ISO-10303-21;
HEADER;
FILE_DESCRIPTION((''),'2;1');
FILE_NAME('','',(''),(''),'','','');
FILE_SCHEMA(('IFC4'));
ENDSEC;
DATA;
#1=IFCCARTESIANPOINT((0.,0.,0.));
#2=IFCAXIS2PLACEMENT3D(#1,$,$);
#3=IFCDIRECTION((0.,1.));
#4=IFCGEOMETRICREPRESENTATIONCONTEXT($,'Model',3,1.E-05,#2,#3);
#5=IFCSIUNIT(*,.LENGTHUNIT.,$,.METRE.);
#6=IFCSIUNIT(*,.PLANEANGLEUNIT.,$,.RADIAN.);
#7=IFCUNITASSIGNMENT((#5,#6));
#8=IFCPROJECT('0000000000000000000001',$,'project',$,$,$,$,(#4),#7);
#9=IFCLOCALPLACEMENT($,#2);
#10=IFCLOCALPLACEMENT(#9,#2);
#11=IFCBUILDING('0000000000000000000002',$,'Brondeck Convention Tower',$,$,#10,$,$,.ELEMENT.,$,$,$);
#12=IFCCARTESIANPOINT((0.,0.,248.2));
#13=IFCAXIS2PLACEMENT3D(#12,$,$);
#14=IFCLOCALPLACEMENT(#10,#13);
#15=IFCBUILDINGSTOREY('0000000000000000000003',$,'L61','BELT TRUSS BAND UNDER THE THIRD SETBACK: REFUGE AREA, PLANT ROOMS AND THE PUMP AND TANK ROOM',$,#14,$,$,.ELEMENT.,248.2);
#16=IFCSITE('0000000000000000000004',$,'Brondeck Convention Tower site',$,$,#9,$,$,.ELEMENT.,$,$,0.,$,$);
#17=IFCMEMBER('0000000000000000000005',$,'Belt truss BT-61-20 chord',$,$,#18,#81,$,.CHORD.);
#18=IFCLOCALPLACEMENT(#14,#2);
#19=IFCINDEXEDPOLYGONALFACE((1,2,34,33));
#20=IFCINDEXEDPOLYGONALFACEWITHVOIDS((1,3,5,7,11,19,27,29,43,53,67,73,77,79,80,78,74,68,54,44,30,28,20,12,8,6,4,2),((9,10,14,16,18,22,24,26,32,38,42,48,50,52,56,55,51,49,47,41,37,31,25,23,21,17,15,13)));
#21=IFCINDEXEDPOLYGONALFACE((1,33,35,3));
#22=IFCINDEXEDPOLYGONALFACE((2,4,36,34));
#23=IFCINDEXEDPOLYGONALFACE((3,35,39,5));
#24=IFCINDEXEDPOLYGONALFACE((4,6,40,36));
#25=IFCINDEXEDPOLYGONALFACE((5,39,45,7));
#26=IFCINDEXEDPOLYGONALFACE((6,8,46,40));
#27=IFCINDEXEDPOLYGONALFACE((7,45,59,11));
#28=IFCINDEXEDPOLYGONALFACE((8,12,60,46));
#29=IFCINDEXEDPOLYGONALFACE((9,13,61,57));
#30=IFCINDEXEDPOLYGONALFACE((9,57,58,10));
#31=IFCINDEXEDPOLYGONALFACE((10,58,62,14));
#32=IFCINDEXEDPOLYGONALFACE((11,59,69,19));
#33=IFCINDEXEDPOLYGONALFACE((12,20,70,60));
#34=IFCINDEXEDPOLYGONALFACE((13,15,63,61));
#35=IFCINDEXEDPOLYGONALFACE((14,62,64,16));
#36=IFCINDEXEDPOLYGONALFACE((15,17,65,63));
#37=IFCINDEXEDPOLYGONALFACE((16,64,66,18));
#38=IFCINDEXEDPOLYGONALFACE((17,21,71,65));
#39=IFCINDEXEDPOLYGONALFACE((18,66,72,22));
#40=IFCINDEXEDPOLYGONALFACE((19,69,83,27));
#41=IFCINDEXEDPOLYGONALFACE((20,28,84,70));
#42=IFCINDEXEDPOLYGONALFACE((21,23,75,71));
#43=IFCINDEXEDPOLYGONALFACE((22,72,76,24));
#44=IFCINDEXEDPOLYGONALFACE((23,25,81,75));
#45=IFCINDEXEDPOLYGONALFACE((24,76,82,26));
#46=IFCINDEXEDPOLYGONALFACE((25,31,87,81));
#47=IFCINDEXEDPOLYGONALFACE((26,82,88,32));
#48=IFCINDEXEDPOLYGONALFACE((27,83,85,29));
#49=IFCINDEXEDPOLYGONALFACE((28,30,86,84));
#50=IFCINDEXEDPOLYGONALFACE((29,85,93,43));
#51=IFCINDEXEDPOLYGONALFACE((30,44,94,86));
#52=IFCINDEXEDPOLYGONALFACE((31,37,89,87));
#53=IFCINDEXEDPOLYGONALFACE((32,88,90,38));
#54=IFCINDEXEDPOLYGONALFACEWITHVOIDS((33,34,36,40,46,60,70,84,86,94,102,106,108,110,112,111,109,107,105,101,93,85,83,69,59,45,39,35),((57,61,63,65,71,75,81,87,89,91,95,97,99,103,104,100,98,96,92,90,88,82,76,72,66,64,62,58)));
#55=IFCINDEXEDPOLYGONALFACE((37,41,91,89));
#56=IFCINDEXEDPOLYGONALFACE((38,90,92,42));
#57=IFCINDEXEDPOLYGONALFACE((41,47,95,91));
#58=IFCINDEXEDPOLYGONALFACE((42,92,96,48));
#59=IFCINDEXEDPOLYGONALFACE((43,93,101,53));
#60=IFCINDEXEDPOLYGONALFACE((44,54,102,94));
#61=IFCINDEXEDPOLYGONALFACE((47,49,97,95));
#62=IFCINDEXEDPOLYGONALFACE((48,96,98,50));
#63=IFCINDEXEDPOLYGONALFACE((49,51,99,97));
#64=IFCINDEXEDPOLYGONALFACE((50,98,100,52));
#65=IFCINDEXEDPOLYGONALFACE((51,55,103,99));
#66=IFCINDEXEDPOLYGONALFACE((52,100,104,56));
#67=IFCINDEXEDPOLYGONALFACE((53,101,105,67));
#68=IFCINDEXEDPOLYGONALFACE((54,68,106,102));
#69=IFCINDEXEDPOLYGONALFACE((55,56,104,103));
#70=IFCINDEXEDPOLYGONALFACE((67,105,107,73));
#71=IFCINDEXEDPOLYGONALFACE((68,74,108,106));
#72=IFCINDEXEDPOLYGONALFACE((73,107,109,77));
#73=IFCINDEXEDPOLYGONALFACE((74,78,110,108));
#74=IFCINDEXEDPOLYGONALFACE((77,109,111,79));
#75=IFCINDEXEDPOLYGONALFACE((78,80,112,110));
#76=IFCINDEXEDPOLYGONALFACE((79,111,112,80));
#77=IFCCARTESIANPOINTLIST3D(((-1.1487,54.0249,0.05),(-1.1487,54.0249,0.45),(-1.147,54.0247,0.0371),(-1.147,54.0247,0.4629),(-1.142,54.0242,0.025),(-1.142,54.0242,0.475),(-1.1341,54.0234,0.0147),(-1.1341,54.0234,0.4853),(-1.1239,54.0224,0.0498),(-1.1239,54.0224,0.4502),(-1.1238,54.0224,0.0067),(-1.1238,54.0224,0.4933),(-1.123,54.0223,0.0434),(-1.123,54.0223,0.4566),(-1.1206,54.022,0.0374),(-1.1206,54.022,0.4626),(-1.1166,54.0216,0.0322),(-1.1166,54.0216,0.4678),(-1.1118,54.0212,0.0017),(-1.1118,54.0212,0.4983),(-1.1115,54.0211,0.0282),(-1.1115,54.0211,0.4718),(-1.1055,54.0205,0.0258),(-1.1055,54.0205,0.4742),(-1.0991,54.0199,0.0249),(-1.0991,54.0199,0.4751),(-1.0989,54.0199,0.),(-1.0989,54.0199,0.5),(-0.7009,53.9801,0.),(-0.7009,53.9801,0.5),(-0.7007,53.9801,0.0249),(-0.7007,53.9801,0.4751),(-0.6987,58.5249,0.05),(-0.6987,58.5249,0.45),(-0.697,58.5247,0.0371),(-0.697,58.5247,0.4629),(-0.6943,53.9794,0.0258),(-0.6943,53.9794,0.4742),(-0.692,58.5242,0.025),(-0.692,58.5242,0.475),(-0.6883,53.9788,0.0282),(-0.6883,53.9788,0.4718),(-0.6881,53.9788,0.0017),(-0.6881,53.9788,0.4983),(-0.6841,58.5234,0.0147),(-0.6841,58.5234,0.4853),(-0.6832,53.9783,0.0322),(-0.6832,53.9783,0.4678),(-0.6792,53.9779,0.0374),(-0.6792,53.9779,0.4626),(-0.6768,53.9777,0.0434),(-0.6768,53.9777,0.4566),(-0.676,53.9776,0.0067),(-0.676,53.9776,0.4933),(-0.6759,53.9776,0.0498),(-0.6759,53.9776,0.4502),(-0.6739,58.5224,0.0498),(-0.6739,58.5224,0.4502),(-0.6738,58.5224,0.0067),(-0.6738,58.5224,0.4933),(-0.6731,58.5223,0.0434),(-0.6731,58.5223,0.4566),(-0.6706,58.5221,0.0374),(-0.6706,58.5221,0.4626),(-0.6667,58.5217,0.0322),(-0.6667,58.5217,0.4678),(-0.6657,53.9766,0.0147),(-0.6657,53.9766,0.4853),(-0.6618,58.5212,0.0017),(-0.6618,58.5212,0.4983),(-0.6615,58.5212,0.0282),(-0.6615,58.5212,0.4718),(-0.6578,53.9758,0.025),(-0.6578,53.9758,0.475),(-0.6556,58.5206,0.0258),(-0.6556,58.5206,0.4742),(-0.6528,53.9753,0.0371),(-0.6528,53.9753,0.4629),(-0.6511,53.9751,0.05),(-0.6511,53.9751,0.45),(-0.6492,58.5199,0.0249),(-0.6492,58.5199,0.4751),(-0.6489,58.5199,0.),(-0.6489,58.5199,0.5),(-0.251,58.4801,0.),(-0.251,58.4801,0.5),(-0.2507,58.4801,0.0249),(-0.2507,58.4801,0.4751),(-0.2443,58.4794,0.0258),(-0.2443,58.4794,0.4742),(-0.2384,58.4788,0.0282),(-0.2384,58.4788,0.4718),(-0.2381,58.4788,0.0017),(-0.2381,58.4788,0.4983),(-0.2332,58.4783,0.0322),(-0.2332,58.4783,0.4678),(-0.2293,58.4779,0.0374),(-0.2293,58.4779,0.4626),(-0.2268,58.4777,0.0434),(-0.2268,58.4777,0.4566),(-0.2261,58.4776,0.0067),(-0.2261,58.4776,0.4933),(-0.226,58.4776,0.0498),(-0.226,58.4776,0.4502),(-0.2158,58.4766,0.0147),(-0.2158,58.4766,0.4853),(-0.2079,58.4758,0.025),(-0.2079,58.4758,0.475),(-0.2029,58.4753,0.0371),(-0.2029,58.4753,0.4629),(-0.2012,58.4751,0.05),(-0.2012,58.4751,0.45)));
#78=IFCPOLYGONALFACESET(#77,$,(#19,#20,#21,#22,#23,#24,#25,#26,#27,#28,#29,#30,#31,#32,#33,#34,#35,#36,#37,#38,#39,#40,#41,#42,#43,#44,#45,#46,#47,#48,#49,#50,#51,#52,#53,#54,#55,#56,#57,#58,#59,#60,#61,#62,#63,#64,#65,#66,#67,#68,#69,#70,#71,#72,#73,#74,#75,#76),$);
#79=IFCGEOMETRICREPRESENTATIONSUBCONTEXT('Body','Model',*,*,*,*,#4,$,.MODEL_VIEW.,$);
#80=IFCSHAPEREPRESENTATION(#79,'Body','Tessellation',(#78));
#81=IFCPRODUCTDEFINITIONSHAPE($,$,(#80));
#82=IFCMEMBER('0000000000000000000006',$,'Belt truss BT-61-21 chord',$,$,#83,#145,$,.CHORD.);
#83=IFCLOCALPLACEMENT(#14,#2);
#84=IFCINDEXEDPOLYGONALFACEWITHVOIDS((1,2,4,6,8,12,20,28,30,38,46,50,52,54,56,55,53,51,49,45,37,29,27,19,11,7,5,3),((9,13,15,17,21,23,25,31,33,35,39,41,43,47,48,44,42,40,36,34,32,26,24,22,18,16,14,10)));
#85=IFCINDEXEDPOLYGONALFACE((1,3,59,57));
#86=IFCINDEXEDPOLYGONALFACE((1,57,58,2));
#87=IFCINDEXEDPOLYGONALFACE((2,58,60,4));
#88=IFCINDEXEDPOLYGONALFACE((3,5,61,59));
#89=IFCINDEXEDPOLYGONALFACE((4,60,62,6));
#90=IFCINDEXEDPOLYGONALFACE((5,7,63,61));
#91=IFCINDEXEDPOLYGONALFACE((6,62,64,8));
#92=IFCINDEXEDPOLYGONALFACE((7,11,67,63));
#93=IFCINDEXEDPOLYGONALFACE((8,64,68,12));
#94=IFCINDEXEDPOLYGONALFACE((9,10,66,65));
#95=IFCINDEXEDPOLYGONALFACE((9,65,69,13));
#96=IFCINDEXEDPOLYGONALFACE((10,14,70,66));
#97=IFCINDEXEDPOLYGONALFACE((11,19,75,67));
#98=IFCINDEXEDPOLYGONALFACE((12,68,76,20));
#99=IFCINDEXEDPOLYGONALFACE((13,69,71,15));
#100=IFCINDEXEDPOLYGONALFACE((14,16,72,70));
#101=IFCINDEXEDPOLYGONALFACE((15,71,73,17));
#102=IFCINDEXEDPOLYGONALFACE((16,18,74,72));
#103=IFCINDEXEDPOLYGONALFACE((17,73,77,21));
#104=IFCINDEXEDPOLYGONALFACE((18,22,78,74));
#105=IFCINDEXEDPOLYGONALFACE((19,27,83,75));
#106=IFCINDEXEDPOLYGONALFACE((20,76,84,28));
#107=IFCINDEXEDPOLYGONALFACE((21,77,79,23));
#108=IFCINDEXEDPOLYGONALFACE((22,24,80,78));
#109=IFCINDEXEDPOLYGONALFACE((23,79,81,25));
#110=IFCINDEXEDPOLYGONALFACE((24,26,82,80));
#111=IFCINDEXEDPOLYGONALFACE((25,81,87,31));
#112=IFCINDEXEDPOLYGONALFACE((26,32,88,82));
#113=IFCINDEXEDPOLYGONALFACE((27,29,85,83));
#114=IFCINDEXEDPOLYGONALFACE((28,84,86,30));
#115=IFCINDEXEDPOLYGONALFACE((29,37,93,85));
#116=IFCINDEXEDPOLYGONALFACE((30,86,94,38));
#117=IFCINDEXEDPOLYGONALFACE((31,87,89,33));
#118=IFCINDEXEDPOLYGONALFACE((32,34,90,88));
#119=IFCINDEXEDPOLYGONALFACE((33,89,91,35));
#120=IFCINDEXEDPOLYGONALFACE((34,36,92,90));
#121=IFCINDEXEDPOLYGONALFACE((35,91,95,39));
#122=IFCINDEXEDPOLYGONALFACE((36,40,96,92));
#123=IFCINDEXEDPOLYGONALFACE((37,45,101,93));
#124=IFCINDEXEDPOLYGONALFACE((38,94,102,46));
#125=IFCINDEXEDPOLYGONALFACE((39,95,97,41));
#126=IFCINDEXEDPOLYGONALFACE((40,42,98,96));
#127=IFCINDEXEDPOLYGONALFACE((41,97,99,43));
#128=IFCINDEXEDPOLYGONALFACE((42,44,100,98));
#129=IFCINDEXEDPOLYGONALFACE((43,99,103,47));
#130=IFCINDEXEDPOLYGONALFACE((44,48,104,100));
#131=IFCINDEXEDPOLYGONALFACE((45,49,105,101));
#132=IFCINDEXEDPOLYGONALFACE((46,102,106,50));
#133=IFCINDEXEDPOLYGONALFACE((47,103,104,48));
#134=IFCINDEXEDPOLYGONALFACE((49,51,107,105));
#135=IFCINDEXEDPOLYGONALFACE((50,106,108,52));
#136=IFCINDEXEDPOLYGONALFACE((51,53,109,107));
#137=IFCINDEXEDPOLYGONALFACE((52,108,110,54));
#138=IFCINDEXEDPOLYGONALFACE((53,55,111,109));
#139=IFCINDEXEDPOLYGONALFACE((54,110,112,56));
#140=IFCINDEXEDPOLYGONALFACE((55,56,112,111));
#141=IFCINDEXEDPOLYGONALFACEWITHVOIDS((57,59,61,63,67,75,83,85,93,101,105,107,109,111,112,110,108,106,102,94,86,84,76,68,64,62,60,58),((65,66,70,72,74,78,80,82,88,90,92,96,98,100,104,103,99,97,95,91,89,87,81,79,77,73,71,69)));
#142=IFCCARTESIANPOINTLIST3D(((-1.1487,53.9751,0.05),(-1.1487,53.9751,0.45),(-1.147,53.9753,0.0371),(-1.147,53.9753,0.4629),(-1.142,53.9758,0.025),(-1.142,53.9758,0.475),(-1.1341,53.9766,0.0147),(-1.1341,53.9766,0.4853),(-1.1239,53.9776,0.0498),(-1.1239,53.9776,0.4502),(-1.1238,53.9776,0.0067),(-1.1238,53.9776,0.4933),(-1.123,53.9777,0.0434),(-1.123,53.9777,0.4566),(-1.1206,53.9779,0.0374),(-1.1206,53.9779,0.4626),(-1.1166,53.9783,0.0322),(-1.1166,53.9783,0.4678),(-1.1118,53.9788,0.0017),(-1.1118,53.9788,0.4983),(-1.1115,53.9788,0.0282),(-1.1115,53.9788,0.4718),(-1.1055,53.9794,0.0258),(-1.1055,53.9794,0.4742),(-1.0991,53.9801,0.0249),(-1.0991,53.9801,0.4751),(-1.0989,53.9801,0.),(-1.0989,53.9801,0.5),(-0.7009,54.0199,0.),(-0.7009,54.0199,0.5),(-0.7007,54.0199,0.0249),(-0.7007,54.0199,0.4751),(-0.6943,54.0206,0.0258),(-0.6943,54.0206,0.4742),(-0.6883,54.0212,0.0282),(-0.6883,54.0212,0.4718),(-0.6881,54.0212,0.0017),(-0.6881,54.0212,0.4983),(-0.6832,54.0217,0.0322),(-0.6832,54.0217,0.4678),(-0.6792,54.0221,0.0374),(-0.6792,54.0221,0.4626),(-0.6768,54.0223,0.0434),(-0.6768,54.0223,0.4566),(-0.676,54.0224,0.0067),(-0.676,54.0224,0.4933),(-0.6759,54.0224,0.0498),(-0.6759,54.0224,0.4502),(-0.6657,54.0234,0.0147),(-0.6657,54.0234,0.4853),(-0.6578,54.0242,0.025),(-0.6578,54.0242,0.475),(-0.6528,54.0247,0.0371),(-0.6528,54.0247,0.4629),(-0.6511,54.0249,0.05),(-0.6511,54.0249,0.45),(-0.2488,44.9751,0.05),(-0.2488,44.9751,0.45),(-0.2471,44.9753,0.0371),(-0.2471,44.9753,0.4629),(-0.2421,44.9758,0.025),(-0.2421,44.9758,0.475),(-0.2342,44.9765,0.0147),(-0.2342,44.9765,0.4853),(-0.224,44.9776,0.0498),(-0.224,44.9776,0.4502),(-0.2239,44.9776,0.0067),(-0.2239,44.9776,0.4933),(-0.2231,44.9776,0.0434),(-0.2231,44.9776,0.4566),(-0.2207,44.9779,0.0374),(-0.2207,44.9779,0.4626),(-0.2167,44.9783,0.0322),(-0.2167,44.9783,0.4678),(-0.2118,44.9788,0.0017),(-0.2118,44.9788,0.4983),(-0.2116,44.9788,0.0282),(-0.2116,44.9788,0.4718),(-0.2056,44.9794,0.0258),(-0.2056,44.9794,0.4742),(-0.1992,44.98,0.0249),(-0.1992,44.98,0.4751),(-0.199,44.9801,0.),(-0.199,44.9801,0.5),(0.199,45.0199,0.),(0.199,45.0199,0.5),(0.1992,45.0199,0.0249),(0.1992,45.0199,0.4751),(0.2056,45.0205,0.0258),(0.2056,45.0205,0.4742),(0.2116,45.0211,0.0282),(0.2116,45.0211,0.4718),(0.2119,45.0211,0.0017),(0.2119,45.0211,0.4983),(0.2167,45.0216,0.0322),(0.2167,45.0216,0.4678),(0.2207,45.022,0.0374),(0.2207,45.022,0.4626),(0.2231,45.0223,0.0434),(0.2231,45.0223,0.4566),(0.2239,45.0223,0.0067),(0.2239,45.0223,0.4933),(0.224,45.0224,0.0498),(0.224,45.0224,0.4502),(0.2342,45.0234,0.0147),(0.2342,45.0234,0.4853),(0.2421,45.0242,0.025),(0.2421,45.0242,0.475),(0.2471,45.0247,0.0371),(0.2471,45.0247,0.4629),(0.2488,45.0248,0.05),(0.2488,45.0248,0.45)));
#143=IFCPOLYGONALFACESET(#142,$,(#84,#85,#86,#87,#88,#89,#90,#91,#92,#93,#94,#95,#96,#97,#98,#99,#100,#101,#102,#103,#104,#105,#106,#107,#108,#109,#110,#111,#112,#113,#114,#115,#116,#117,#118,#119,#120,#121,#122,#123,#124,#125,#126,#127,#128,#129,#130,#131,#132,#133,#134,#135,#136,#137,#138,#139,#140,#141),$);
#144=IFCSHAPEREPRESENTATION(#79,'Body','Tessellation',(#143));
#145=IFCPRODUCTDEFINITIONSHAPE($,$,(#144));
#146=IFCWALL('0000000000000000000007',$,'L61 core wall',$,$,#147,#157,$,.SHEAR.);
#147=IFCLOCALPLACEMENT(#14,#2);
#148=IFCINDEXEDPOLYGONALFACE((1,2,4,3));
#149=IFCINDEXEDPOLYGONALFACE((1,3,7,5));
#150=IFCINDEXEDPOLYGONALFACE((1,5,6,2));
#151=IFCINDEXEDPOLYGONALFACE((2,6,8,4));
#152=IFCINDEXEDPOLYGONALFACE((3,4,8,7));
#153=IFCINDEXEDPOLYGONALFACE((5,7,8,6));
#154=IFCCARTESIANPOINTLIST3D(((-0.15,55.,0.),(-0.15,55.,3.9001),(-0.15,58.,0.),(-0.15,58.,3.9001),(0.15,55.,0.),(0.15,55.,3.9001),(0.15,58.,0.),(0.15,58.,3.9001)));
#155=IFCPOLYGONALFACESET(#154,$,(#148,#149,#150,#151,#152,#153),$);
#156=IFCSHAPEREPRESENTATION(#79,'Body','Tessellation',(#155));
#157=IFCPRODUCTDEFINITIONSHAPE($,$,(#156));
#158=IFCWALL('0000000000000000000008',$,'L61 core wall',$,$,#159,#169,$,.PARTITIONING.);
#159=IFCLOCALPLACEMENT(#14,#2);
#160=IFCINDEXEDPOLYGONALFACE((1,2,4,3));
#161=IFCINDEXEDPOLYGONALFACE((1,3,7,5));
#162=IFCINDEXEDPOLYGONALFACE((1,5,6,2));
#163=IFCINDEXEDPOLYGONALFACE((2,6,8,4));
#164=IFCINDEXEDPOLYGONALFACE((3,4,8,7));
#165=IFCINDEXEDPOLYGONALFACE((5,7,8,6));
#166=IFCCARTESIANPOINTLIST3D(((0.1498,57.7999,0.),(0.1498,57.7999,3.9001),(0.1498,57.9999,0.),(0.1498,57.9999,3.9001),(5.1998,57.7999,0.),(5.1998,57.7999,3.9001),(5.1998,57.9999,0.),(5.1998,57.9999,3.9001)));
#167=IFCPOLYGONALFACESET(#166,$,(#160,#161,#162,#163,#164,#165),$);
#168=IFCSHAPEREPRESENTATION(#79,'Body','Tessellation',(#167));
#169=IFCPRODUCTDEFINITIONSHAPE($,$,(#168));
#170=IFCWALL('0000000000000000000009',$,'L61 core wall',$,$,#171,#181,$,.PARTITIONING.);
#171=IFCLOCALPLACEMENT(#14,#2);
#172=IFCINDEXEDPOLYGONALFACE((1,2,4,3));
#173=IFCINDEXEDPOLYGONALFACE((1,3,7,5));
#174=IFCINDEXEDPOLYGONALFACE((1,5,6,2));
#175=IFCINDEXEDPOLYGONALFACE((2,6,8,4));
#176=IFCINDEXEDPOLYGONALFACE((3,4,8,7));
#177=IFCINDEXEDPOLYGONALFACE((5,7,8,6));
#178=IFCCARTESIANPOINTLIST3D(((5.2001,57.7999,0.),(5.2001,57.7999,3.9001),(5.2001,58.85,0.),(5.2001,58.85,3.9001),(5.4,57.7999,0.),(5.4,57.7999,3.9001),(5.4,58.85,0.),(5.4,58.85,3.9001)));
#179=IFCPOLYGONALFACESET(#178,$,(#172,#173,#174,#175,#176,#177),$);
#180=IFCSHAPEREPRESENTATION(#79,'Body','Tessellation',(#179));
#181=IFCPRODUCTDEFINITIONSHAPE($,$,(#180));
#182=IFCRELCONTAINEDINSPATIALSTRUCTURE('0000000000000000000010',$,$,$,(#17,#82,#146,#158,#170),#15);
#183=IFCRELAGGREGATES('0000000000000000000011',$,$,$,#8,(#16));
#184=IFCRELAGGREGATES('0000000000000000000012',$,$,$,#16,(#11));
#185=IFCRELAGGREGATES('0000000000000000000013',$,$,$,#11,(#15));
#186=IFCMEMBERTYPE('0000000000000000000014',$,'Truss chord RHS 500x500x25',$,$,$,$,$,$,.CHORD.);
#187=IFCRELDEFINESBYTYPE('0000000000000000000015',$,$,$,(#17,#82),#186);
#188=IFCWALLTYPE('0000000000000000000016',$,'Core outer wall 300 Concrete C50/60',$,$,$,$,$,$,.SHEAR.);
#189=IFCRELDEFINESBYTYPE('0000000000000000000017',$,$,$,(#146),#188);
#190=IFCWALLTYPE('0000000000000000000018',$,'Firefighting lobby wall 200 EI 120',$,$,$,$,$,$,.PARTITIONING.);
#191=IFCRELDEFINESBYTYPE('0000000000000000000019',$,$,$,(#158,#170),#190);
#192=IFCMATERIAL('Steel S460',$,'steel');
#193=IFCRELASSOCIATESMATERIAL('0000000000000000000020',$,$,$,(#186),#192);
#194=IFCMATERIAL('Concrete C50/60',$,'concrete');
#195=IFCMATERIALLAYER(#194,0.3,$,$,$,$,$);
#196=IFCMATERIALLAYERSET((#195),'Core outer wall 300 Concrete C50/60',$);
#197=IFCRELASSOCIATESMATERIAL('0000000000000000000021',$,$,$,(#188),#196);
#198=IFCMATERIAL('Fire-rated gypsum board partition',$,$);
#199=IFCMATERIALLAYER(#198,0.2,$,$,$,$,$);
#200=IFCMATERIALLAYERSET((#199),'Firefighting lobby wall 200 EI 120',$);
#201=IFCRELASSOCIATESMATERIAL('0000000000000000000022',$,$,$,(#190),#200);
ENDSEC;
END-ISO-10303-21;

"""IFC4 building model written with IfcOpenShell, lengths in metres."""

from ifc_helpers import new_model, si_unit, direction, frame, frame_2d, origin, origin_2d, place, context, subcontext, project, spatial, rectangle, hollow_rectangle, extrude, material, layer, layer_set, material_profile, profile_set, type_object, element, save


model = new_model("IFC4")

# Units and contexts
model_context = context("Model", 3, precision=1e-05, world=origin(), true_north=direction((0.0, 1.0)))
body_context = subcontext(model_context, "Body", "Model", "MODEL_VIEW")
ifc_project = project(units=[si_unit("LENGTHUNIT", "METRE"), si_unit("PLANEANGLEUNIT", "RADIAN")], contexts=[model_context])

# Site, building, storey
site_placement = place(None, origin())
site = spatial("IfcSite", under=ifc_project, at=site_placement, Name="Brondeck Convention Tower site", CompositionType="ELEMENT", RefElevation=0.0)
building_placement = place(site_placement, origin())
building = spatial("IfcBuilding", under=site, at=building_placement, Name="Brondeck Convention Tower", CompositionType="ELEMENT")
storey_placement = place(building_placement, frame((0.0, 0.0, 248.2)))
storey = spatial("IfcBuildingStorey", under=building, at=storey_placement, Name="L61", Description="BELT TRUSS BAND UNDER THE THIRD SETBACK: REFUGE AREA, PLANT ROOMS AND THE PUMP AND TANK ROOM", CompositionType="ELEMENT", Elevation=248.2)

# Shared definitions
ifc_material_1 = material(Name="Concrete C50/60", Category="concrete")

# Shared definitions
ifc_material_2 = material(Name="Steel S460", Category="steel")

# Members
ifc_material_profile_1 = material_profile(ifc_material_2, hollow_rectangle(XDim=0.5, YDim=0.5, WallThickness=0.0249, InnerFilletRadius=0.0249, OuterFilletRadius=0.05, at=origin_2d()), Name="RHS 500x500x25")
ifc_profile_set_1 = profile_set([ifc_material_profile_1], Name="Steel S460")
member_type_1 = type_object("IfcMemberType", Name="Truss chord RHS 500x500x25", PredefinedType="CHORD", material=ifc_profile_set_1)
member_1_placement = place(storey_placement, frame((-0.45, 58.5, 0.25), z_axis=(-0.099493, -0.995038, 0.0), x_axis=(0.995038, -0.099493, 0.0)))
element("IfcMember", 1, at=member_1_placement, inside=storey, type_object=member_type_1, Name="Belt truss BT-61-20 chord", PredefinedType="CHORD", context=body_context, shape_type="SweptSolid", body=[
    extrude(hollow_rectangle(XDim=0.5, YDim=0.5, WallThickness=0.0249, InnerFilletRadius=0.0249, OuterFilletRadius=0.05, at=origin_2d()), origin(), (0.0, 0.0, 1.0), 4.5225),
])
member_2_placement = place(storey_placement, frame((-0.8999, 54.0, 0.25), z_axis=(0.099493, -0.995038, 0.0), x_axis=(0.995038, 0.099493, 0.0)))
element("IfcMember", 2, at=member_2_placement, inside=storey, type_object=member_type_1, Name="Belt truss BT-61-21 chord", PredefinedType="CHORD", context=body_context, shape_type="SweptSolid", body=[
    extrude(hollow_rectangle(XDim=0.5, YDim=0.5, WallThickness=0.0249, InnerFilletRadius=0.0249, OuterFilletRadius=0.05, at=origin_2d()), origin(), (0.0, 0.0, 1.0), 9.0449),
])

# Walls
ifc_layer_1 = layer(ifc_material_1, 0.3)
ifc_layer_set_1 = layer_set([ifc_layer_1], Name="Core outer wall 300 Concrete C50/60")
wall_type_1 = type_object("IfcWallType", Name="Core outer wall 300 Concrete C50/60", PredefinedType="SHEAR", material=ifc_layer_set_1)
wall_1_placement = place(storey_placement, frame((0.0, 55.0, 0.0), z_axis=(0.0, 0.0, 1.0), x_axis=(0.0, 1.0, 0.0)))
element("IfcWall", 3, at=wall_1_placement, inside=storey, type_object=wall_type_1, Name="L61 core wall", PredefinedType="SHEAR", context=body_context, shape_type="SweptSolid", body=[
    extrude(rectangle(XDim=3.0, YDim=0.3, at=frame_2d((1.5, 0.0))), origin(), (0.0, 0.0, 1.0), 3.9001),
])
ifc_material_3 = material(Name="Fire-rated gypsum board partition")
ifc_layer_2 = layer(ifc_material_3, 0.2)
ifc_layer_set_2 = layer_set([ifc_layer_2], Name="Firefighting lobby wall 200 EI 120")
wall_type_2 = type_object("IfcWallType", Name="Firefighting lobby wall 200 EI 120", PredefinedType="PARTITIONING", material=ifc_layer_set_2)
wall_2_placement = place(storey_placement, frame((0.1499, 57.8999, 0.0), z_axis=(0.0, 0.0, 1.0), x_axis=(1.0, 0.0, 0.0)))
element("IfcWall", 4, at=wall_2_placement, inside=storey, type_object=wall_type_2, Name="L61 core wall", PredefinedType="PARTITIONING", context=body_context, shape_type="SweptSolid", body=[
    extrude(rectangle(XDim=5.05, YDim=0.2, at=frame_2d((2.5249, 0.0))), origin(), (0.0, 0.0, 1.0), 3.9001),
])
wall_3_placement = place(storey_placement, frame((5.3, 57.8, 0.0), z_axis=(0.0, 0.0, 1.0), x_axis=(0.0, 1.0, 0.0)))
element("IfcWall", 5, at=wall_3_placement, inside=storey, type_object=wall_type_2, Name="L61 core wall", PredefinedType="PARTITIONING", context=body_context, shape_type="SweptSolid", body=[
    extrude(rectangle(XDim=1.05, YDim=0.2, at=frame_2d((0.5249, 0.0))), origin(), (0.0, 0.0, 1.0), 3.9001),
])

save(model, "model.ifc")
